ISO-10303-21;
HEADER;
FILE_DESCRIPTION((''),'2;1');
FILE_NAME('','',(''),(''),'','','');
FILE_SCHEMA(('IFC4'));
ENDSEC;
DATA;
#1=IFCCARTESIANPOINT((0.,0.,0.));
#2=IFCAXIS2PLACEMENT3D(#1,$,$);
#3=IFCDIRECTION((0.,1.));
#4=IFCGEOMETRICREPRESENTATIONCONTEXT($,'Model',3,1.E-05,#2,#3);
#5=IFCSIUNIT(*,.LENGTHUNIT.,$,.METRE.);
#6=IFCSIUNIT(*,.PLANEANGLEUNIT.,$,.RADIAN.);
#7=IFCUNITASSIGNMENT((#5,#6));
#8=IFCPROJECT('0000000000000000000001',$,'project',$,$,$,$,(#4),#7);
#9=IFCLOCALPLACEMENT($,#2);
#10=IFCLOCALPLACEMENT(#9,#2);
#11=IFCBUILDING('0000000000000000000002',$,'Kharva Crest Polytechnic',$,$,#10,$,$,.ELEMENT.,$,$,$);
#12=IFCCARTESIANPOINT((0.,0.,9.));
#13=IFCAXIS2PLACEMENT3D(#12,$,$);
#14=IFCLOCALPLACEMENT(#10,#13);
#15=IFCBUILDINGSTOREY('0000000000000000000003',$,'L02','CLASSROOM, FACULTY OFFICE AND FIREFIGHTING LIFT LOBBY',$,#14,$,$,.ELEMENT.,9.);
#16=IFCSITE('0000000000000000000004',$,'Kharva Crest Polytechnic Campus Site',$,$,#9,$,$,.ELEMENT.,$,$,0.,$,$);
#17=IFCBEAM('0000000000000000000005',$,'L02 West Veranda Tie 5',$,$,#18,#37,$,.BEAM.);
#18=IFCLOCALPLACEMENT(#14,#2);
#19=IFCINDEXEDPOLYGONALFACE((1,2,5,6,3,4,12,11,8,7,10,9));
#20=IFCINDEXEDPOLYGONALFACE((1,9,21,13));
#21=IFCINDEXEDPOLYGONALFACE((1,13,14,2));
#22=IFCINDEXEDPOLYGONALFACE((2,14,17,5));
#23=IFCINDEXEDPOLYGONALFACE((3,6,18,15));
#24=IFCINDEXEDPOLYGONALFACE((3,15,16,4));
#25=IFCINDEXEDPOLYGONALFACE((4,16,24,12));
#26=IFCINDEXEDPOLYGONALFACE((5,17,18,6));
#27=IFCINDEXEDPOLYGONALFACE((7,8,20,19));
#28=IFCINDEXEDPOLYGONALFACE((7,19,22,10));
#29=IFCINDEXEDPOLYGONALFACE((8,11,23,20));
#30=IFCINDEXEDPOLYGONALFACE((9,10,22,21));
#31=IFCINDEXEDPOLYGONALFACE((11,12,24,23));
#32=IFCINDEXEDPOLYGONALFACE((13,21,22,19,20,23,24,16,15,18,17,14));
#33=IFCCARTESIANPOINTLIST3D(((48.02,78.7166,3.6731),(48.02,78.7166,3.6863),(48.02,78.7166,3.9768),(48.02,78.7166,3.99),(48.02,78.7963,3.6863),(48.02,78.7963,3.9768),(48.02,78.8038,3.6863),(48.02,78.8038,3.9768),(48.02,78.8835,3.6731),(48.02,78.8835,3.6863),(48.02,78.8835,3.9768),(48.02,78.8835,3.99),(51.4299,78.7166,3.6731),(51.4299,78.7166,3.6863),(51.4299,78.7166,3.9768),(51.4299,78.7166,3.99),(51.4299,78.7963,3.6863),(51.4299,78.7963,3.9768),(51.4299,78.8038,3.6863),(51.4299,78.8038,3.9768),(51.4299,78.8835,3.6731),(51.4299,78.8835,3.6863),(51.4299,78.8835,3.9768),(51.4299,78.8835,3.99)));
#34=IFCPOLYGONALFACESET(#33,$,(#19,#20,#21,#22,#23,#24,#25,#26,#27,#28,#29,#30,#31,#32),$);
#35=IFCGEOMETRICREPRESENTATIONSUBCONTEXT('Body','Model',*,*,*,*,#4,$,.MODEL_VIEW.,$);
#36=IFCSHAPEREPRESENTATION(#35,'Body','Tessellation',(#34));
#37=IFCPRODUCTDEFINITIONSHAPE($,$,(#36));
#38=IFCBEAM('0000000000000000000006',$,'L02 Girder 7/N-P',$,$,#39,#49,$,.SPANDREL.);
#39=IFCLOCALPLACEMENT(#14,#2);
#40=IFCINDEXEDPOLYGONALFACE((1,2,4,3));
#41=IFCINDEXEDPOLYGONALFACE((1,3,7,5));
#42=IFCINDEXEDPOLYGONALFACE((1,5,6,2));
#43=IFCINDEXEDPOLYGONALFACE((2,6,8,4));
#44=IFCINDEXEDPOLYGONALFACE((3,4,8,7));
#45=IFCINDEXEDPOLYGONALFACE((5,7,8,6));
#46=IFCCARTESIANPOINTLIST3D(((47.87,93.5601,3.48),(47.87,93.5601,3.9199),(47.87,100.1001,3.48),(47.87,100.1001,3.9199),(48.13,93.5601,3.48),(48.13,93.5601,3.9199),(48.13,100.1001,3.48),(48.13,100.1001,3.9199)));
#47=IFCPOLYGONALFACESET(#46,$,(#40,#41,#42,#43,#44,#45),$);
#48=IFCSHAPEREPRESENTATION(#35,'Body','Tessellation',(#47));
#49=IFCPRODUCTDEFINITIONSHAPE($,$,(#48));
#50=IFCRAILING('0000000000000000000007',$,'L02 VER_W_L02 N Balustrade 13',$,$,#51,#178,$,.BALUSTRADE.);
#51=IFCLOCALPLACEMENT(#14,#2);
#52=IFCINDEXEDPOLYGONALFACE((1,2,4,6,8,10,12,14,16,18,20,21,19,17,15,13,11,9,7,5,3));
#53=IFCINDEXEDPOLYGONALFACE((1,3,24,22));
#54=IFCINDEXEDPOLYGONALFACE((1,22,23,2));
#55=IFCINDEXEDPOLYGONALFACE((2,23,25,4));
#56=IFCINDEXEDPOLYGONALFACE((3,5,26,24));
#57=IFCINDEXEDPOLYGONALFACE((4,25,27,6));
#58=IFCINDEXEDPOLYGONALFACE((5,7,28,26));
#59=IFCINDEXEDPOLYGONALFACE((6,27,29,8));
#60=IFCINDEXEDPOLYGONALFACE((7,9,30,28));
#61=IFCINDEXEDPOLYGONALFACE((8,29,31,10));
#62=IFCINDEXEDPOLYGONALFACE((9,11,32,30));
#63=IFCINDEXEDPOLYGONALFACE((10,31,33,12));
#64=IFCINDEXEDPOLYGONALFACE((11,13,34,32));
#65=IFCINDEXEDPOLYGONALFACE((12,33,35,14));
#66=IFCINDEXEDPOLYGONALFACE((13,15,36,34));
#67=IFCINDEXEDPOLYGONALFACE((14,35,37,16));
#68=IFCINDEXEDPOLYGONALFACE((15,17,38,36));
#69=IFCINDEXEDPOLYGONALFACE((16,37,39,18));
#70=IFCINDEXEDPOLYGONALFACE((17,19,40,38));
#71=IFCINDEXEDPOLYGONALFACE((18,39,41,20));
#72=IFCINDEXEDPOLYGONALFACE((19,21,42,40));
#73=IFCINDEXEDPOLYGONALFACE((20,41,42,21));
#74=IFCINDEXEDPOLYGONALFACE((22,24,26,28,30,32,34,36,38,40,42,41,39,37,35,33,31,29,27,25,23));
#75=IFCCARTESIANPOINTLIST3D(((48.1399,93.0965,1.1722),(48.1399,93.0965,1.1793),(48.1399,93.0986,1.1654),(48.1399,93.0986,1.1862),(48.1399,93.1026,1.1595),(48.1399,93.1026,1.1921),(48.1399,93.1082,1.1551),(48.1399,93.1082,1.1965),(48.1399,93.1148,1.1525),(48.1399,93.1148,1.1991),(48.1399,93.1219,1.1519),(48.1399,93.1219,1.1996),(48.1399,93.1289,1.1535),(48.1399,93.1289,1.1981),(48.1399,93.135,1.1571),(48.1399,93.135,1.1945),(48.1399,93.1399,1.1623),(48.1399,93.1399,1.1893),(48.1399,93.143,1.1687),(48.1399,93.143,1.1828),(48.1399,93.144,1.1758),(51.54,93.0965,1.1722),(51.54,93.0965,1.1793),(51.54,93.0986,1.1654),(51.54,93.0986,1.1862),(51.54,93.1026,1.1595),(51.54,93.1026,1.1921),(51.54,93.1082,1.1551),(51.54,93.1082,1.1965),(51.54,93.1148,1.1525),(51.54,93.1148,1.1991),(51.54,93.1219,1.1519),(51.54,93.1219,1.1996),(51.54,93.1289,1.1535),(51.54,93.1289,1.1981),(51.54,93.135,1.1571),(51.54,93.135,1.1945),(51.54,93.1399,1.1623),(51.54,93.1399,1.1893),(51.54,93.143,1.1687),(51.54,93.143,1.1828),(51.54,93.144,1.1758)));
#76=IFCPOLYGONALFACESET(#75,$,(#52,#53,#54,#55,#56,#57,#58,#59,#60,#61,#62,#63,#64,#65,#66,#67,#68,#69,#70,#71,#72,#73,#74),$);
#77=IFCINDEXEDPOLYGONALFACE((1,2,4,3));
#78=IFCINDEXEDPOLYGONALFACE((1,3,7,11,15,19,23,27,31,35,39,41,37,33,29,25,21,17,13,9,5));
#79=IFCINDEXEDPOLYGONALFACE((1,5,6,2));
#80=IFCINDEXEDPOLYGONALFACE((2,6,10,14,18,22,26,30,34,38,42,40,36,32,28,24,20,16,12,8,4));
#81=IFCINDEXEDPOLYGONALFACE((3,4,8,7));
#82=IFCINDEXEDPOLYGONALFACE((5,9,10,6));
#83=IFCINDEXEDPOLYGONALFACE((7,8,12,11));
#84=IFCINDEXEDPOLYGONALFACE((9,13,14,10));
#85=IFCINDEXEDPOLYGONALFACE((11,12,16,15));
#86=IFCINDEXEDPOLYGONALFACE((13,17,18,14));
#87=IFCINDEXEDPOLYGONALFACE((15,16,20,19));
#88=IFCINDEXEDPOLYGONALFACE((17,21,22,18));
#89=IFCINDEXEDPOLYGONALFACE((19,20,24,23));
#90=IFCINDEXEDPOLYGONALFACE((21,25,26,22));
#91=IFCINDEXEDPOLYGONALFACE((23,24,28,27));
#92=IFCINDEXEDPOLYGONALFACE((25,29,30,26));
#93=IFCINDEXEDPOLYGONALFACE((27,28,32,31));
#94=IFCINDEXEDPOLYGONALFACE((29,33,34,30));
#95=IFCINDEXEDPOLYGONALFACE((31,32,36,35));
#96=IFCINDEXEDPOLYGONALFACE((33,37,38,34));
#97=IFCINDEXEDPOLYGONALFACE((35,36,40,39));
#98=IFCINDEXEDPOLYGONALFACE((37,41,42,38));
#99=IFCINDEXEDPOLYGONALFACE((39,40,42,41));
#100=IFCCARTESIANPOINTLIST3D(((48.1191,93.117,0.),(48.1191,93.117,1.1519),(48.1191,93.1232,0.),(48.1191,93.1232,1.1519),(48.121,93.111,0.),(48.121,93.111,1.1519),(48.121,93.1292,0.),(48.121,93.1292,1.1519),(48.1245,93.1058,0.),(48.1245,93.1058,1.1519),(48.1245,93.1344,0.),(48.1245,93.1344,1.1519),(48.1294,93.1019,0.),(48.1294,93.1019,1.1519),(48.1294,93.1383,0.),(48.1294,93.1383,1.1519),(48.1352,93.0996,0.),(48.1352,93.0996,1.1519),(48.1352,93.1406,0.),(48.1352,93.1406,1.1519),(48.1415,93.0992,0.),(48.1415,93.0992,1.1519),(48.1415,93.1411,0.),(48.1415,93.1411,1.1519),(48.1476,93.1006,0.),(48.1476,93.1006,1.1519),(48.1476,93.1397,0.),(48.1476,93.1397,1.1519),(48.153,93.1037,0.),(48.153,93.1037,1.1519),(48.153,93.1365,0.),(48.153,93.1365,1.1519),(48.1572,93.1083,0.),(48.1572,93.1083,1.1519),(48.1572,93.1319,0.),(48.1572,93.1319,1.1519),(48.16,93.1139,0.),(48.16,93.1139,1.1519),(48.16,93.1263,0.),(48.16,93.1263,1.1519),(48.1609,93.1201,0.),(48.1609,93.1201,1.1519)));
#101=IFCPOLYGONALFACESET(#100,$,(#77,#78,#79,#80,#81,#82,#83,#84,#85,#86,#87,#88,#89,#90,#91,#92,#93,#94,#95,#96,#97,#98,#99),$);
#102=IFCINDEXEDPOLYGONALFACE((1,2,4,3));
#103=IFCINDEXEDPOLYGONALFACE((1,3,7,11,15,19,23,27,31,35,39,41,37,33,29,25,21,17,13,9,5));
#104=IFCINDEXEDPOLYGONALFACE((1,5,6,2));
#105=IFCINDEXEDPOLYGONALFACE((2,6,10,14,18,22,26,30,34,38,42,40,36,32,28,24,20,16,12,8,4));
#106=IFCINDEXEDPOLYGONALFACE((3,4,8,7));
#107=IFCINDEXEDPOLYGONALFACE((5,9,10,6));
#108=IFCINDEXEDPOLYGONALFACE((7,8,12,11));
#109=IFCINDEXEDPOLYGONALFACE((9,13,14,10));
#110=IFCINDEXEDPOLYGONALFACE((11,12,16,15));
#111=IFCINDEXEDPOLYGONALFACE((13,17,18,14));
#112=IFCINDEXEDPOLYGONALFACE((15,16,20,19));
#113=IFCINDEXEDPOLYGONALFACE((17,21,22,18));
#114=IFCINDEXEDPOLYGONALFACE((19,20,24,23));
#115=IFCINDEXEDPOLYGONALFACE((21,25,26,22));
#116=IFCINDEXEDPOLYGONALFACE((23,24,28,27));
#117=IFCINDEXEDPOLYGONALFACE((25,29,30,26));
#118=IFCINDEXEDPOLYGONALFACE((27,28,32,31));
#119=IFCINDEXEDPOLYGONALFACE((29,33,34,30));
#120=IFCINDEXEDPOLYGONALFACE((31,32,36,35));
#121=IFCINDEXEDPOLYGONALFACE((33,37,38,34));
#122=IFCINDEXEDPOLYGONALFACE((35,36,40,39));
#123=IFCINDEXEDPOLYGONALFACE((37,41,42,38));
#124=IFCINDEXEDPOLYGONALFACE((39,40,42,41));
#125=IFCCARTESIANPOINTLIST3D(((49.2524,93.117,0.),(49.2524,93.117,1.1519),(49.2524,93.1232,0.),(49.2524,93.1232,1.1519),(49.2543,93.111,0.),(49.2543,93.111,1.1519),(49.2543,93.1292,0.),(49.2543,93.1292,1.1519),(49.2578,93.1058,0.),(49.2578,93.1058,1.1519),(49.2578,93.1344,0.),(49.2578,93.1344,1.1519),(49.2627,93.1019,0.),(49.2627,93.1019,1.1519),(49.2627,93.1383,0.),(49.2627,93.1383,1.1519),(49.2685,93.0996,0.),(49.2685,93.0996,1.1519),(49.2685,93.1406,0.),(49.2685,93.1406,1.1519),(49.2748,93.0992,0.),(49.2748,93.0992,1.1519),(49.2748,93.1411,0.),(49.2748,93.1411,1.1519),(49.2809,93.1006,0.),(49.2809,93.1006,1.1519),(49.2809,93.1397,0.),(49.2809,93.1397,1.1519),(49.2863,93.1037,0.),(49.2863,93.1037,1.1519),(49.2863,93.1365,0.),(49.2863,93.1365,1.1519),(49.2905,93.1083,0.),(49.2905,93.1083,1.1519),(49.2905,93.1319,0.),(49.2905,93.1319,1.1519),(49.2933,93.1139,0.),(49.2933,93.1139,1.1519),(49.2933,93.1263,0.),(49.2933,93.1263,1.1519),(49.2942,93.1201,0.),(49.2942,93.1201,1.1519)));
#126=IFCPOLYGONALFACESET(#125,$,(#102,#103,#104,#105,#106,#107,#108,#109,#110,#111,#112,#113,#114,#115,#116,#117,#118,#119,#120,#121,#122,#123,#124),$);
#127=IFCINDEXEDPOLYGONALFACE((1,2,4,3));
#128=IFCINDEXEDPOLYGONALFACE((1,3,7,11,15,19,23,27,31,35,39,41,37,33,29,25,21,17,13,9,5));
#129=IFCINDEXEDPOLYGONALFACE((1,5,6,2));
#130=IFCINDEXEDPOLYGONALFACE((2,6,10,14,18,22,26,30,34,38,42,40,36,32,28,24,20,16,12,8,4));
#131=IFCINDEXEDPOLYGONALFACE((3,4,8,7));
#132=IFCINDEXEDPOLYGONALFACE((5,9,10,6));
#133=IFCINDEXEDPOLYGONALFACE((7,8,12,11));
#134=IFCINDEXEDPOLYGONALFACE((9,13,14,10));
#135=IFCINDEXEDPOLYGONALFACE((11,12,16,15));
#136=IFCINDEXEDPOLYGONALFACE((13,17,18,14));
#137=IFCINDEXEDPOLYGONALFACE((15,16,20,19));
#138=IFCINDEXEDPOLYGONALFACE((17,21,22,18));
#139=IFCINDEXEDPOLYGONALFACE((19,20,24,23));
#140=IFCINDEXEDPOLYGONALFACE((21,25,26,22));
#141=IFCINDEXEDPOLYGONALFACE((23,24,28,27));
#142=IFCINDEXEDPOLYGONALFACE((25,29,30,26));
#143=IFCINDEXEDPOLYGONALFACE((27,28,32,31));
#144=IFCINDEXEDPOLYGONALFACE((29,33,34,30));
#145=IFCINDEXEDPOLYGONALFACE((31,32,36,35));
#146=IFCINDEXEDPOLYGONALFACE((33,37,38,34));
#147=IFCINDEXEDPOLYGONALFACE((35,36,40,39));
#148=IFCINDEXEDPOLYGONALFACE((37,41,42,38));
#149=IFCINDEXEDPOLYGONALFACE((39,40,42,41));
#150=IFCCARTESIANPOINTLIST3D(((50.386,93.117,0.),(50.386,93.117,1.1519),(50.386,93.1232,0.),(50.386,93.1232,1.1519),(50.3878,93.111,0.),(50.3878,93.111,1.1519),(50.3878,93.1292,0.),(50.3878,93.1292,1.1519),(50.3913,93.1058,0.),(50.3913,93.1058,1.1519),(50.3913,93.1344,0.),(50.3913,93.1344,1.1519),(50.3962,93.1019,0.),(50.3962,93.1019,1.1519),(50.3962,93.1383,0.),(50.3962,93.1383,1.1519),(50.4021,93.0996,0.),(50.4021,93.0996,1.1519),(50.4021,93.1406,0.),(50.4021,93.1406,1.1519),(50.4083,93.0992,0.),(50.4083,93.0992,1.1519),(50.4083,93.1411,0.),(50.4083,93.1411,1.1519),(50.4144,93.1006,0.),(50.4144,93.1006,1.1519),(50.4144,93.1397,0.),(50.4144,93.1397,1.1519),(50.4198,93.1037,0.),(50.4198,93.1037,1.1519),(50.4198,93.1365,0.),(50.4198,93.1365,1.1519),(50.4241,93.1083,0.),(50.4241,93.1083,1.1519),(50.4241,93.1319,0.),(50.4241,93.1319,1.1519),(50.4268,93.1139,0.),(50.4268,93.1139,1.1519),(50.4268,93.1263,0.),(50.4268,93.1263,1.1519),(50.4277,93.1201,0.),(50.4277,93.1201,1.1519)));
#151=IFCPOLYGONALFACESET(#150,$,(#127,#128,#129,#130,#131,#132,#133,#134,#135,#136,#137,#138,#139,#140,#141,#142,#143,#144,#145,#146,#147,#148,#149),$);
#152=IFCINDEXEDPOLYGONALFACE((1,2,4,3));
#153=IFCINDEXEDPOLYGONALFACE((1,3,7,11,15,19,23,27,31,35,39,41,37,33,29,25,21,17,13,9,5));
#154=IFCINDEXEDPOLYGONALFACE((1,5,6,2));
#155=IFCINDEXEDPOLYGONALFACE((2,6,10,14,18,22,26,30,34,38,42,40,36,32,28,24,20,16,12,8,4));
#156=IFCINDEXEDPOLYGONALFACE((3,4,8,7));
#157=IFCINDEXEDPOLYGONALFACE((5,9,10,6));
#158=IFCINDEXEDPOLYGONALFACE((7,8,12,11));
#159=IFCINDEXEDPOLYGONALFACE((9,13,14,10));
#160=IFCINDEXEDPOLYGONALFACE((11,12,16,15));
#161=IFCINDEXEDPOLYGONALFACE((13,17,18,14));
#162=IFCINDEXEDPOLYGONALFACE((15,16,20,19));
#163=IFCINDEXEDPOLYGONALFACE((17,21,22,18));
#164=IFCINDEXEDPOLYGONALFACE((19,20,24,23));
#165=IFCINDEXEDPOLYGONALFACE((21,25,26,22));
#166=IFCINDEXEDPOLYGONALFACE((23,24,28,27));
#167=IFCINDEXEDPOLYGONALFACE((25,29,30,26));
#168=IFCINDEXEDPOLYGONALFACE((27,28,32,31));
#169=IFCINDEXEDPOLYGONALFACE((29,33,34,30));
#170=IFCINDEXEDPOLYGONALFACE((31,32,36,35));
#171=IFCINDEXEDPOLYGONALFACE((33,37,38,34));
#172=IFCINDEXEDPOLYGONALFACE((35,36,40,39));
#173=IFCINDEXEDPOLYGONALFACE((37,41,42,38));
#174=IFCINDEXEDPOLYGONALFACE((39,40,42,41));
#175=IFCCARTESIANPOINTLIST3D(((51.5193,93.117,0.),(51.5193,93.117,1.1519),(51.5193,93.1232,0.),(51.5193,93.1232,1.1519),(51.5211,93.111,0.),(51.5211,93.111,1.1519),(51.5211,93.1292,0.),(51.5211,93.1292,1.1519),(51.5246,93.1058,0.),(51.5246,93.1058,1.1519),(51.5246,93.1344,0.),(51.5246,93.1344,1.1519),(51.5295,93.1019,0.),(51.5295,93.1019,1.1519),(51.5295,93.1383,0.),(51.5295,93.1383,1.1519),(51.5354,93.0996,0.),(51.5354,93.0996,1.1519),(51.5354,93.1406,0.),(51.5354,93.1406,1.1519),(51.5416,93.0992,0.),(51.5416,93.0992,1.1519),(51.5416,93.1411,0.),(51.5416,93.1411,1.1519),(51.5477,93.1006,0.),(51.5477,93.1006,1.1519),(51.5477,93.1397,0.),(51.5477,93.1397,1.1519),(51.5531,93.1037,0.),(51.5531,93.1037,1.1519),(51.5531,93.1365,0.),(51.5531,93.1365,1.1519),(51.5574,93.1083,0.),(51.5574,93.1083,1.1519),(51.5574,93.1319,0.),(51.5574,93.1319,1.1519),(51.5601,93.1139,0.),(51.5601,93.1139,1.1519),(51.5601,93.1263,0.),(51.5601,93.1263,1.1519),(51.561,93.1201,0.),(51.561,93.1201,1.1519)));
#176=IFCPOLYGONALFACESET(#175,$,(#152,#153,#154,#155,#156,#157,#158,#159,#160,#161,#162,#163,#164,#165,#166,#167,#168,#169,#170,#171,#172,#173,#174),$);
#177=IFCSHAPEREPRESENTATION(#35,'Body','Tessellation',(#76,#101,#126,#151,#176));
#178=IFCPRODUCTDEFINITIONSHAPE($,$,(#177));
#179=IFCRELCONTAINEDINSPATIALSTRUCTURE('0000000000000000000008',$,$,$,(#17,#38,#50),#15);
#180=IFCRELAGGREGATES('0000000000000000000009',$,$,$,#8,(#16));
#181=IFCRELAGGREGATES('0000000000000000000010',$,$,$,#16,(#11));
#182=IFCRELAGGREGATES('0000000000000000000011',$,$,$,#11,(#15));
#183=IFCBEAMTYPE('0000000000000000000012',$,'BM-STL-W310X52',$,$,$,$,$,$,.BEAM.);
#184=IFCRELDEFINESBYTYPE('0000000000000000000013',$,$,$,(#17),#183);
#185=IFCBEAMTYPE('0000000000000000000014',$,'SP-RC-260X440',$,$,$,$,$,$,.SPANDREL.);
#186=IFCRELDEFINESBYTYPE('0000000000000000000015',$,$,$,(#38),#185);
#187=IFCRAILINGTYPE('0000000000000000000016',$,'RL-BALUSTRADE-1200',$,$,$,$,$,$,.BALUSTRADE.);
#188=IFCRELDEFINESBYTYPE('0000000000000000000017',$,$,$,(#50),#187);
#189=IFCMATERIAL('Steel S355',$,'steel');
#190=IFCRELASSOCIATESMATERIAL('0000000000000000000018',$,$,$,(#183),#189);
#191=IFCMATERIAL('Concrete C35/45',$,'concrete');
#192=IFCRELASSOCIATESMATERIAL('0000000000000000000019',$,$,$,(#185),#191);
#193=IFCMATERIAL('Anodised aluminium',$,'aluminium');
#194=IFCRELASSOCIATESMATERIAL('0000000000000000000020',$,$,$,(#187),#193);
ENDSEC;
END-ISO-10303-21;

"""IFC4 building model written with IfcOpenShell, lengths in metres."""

from ifc_helpers import new_model, si_unit, direction, frame, origin, origin_2d, place, context, subcontext, project, spatial, rectangle, circle, i_section, extrude, material, material_profile, profile_set, type_object, element, save


model = new_model("IFC4")

# Units and contexts
model_context = context("Model", 3, precision=1e-05, world=origin(), true_north=direction((0.0, 1.0)))
body_context = subcontext(model_context, "Body", "Model", "MODEL_VIEW")
ifc_project = project(units=[si_unit("LENGTHUNIT", "METRE"), si_unit("PLANEANGLEUNIT", "RADIAN")], contexts=[model_context])

# Site, building, storey
site_placement = place(None, origin())
site = spatial("IfcSite", under=ifc_project, at=site_placement, Name="Kharva Crest Polytechnic Campus Site", CompositionType="ELEMENT", RefElevation=0.0)
building_placement = place(site_placement, origin())
building = spatial("IfcBuilding", under=site, at=building_placement, Name="Kharva Crest Polytechnic", CompositionType="ELEMENT")
storey_placement = place(building_placement, frame((0.0, 0.0, 9.0)))
storey = spatial("IfcBuildingStorey", under=building, at=storey_placement, Name="L02", Description="CLASSROOM, FACULTY OFFICE AND FIREFIGHTING LIFT LOBBY", CompositionType="ELEMENT", Elevation=9.0)

# Shared definitions
ifc_material_1 = material(Name="Steel S355", Category="steel")

# Beams
ifc_material_profile_1 = material_profile(ifc_material_1, i_section(OverallWidth=0.167, OverallDepth=0.3169, WebThickness=0.0076, FlangeThickness=0.0132, at=origin_2d()), Name="W310X52")
ifc_profile_set_1 = profile_set([ifc_material_profile_1], Name="Steel S355")
beam_type_1 = type_object("IfcBeamType", Name="BM-STL-W310X52", PredefinedType="BEAM", material=ifc_profile_set_1)
beam_1_placement = place(storey_placement, frame((48.02, 78.8, 3.8315), z_axis=(1.0, 0.0, 0.0), x_axis=(0.0, 1.0, 0.0)))
element("IfcBeam", 1, at=beam_1_placement, inside=storey, type_object=beam_type_1, Name="L02 West Veranda Tie 5", PredefinedType="BEAM", context=body_context, shape_type="SweptSolid", body=[
    extrude(i_section(OverallWidth=0.167, OverallDepth=0.3169, WebThickness=0.0076, FlangeThickness=0.0132, at=origin_2d()), origin(), (0.0, 0.0, 1.0), 3.4099),
])
ifc_material_2 = material(Name="Concrete C35/45", Category="concrete")
ifc_material_profile_2 = material_profile(ifc_material_2, rectangle(XDim=0.26, YDim=0.4399, at=origin_2d()), Name="RECT 260 X 440")
ifc_profile_set_2 = profile_set([ifc_material_profile_2], Name="Concrete C35/45")
beam_type_2 = type_object("IfcBeamType", Name="SP-RC-260X440", PredefinedType="SPANDREL", material=ifc_profile_set_2)
beam_2_placement = place(storey_placement, frame((48.0, 93.5601, 3.7), z_axis=(0.0, 1.0, 0.0), x_axis=(-1.0, 0.0, 0.0)))
element("IfcBeam", 2, at=beam_2_placement, inside=storey, type_object=beam_type_2, Name="L02 Girder 7/N-P", PredefinedType="SPANDREL", context=body_context, shape_type="SweptSolid", body=[
    extrude(rectangle(XDim=0.26, YDim=0.4399, at=origin_2d()), origin(), (0.0, 0.0, 1.0), 6.54),
])

# Railing
ifc_material_3 = material(Name="Anodised aluminium", Category="aluminium")
railing_type = type_object("IfcRailingType", Name="RL-BALUSTRADE-1200", PredefinedType="BALUSTRADE", material=ifc_material_3)
railing_1_placement = place(storey_placement, frame((48.1399, 93.1201, 0.0)))
element("IfcRailing", 3, at=railing_1_placement, inside=storey, type_object=railing_type, Name="L02 VER_W_L02 N Balustrade 13", PredefinedType="BALUSTRADE", context=body_context, shape_type="SweptSolid", body=[
    extrude(circle(Radius=0.0239, at=origin_2d()), frame((0.0, 0.0, 1.1758), z_axis=(1.0, 0.0, 0.0), x_axis=(0.0, 1.0, 0.0)), (0.0, 0.0, 1.0), 3.4001),
    extrude(circle(Radius=0.021, at=origin_2d()), origin(), (0.0, 0.0, 1.0), 1.1519),
    extrude(circle(Radius=0.021, at=origin_2d()), frame((1.1333, 0.0, 0.0)), (0.0, 0.0, 1.0), 1.1519),
    extrude(circle(Radius=0.021, at=origin_2d()), frame((2.2668, 0.0, 0.0)), (0.0, 0.0, 1.0), 1.1519),
    extrude(circle(Radius=0.021, at=origin_2d()), frame((3.4001, 0.0, 0.0)), (0.0, 0.0, 1.0), 1.1519),
])

save(model, "model.ifc")
